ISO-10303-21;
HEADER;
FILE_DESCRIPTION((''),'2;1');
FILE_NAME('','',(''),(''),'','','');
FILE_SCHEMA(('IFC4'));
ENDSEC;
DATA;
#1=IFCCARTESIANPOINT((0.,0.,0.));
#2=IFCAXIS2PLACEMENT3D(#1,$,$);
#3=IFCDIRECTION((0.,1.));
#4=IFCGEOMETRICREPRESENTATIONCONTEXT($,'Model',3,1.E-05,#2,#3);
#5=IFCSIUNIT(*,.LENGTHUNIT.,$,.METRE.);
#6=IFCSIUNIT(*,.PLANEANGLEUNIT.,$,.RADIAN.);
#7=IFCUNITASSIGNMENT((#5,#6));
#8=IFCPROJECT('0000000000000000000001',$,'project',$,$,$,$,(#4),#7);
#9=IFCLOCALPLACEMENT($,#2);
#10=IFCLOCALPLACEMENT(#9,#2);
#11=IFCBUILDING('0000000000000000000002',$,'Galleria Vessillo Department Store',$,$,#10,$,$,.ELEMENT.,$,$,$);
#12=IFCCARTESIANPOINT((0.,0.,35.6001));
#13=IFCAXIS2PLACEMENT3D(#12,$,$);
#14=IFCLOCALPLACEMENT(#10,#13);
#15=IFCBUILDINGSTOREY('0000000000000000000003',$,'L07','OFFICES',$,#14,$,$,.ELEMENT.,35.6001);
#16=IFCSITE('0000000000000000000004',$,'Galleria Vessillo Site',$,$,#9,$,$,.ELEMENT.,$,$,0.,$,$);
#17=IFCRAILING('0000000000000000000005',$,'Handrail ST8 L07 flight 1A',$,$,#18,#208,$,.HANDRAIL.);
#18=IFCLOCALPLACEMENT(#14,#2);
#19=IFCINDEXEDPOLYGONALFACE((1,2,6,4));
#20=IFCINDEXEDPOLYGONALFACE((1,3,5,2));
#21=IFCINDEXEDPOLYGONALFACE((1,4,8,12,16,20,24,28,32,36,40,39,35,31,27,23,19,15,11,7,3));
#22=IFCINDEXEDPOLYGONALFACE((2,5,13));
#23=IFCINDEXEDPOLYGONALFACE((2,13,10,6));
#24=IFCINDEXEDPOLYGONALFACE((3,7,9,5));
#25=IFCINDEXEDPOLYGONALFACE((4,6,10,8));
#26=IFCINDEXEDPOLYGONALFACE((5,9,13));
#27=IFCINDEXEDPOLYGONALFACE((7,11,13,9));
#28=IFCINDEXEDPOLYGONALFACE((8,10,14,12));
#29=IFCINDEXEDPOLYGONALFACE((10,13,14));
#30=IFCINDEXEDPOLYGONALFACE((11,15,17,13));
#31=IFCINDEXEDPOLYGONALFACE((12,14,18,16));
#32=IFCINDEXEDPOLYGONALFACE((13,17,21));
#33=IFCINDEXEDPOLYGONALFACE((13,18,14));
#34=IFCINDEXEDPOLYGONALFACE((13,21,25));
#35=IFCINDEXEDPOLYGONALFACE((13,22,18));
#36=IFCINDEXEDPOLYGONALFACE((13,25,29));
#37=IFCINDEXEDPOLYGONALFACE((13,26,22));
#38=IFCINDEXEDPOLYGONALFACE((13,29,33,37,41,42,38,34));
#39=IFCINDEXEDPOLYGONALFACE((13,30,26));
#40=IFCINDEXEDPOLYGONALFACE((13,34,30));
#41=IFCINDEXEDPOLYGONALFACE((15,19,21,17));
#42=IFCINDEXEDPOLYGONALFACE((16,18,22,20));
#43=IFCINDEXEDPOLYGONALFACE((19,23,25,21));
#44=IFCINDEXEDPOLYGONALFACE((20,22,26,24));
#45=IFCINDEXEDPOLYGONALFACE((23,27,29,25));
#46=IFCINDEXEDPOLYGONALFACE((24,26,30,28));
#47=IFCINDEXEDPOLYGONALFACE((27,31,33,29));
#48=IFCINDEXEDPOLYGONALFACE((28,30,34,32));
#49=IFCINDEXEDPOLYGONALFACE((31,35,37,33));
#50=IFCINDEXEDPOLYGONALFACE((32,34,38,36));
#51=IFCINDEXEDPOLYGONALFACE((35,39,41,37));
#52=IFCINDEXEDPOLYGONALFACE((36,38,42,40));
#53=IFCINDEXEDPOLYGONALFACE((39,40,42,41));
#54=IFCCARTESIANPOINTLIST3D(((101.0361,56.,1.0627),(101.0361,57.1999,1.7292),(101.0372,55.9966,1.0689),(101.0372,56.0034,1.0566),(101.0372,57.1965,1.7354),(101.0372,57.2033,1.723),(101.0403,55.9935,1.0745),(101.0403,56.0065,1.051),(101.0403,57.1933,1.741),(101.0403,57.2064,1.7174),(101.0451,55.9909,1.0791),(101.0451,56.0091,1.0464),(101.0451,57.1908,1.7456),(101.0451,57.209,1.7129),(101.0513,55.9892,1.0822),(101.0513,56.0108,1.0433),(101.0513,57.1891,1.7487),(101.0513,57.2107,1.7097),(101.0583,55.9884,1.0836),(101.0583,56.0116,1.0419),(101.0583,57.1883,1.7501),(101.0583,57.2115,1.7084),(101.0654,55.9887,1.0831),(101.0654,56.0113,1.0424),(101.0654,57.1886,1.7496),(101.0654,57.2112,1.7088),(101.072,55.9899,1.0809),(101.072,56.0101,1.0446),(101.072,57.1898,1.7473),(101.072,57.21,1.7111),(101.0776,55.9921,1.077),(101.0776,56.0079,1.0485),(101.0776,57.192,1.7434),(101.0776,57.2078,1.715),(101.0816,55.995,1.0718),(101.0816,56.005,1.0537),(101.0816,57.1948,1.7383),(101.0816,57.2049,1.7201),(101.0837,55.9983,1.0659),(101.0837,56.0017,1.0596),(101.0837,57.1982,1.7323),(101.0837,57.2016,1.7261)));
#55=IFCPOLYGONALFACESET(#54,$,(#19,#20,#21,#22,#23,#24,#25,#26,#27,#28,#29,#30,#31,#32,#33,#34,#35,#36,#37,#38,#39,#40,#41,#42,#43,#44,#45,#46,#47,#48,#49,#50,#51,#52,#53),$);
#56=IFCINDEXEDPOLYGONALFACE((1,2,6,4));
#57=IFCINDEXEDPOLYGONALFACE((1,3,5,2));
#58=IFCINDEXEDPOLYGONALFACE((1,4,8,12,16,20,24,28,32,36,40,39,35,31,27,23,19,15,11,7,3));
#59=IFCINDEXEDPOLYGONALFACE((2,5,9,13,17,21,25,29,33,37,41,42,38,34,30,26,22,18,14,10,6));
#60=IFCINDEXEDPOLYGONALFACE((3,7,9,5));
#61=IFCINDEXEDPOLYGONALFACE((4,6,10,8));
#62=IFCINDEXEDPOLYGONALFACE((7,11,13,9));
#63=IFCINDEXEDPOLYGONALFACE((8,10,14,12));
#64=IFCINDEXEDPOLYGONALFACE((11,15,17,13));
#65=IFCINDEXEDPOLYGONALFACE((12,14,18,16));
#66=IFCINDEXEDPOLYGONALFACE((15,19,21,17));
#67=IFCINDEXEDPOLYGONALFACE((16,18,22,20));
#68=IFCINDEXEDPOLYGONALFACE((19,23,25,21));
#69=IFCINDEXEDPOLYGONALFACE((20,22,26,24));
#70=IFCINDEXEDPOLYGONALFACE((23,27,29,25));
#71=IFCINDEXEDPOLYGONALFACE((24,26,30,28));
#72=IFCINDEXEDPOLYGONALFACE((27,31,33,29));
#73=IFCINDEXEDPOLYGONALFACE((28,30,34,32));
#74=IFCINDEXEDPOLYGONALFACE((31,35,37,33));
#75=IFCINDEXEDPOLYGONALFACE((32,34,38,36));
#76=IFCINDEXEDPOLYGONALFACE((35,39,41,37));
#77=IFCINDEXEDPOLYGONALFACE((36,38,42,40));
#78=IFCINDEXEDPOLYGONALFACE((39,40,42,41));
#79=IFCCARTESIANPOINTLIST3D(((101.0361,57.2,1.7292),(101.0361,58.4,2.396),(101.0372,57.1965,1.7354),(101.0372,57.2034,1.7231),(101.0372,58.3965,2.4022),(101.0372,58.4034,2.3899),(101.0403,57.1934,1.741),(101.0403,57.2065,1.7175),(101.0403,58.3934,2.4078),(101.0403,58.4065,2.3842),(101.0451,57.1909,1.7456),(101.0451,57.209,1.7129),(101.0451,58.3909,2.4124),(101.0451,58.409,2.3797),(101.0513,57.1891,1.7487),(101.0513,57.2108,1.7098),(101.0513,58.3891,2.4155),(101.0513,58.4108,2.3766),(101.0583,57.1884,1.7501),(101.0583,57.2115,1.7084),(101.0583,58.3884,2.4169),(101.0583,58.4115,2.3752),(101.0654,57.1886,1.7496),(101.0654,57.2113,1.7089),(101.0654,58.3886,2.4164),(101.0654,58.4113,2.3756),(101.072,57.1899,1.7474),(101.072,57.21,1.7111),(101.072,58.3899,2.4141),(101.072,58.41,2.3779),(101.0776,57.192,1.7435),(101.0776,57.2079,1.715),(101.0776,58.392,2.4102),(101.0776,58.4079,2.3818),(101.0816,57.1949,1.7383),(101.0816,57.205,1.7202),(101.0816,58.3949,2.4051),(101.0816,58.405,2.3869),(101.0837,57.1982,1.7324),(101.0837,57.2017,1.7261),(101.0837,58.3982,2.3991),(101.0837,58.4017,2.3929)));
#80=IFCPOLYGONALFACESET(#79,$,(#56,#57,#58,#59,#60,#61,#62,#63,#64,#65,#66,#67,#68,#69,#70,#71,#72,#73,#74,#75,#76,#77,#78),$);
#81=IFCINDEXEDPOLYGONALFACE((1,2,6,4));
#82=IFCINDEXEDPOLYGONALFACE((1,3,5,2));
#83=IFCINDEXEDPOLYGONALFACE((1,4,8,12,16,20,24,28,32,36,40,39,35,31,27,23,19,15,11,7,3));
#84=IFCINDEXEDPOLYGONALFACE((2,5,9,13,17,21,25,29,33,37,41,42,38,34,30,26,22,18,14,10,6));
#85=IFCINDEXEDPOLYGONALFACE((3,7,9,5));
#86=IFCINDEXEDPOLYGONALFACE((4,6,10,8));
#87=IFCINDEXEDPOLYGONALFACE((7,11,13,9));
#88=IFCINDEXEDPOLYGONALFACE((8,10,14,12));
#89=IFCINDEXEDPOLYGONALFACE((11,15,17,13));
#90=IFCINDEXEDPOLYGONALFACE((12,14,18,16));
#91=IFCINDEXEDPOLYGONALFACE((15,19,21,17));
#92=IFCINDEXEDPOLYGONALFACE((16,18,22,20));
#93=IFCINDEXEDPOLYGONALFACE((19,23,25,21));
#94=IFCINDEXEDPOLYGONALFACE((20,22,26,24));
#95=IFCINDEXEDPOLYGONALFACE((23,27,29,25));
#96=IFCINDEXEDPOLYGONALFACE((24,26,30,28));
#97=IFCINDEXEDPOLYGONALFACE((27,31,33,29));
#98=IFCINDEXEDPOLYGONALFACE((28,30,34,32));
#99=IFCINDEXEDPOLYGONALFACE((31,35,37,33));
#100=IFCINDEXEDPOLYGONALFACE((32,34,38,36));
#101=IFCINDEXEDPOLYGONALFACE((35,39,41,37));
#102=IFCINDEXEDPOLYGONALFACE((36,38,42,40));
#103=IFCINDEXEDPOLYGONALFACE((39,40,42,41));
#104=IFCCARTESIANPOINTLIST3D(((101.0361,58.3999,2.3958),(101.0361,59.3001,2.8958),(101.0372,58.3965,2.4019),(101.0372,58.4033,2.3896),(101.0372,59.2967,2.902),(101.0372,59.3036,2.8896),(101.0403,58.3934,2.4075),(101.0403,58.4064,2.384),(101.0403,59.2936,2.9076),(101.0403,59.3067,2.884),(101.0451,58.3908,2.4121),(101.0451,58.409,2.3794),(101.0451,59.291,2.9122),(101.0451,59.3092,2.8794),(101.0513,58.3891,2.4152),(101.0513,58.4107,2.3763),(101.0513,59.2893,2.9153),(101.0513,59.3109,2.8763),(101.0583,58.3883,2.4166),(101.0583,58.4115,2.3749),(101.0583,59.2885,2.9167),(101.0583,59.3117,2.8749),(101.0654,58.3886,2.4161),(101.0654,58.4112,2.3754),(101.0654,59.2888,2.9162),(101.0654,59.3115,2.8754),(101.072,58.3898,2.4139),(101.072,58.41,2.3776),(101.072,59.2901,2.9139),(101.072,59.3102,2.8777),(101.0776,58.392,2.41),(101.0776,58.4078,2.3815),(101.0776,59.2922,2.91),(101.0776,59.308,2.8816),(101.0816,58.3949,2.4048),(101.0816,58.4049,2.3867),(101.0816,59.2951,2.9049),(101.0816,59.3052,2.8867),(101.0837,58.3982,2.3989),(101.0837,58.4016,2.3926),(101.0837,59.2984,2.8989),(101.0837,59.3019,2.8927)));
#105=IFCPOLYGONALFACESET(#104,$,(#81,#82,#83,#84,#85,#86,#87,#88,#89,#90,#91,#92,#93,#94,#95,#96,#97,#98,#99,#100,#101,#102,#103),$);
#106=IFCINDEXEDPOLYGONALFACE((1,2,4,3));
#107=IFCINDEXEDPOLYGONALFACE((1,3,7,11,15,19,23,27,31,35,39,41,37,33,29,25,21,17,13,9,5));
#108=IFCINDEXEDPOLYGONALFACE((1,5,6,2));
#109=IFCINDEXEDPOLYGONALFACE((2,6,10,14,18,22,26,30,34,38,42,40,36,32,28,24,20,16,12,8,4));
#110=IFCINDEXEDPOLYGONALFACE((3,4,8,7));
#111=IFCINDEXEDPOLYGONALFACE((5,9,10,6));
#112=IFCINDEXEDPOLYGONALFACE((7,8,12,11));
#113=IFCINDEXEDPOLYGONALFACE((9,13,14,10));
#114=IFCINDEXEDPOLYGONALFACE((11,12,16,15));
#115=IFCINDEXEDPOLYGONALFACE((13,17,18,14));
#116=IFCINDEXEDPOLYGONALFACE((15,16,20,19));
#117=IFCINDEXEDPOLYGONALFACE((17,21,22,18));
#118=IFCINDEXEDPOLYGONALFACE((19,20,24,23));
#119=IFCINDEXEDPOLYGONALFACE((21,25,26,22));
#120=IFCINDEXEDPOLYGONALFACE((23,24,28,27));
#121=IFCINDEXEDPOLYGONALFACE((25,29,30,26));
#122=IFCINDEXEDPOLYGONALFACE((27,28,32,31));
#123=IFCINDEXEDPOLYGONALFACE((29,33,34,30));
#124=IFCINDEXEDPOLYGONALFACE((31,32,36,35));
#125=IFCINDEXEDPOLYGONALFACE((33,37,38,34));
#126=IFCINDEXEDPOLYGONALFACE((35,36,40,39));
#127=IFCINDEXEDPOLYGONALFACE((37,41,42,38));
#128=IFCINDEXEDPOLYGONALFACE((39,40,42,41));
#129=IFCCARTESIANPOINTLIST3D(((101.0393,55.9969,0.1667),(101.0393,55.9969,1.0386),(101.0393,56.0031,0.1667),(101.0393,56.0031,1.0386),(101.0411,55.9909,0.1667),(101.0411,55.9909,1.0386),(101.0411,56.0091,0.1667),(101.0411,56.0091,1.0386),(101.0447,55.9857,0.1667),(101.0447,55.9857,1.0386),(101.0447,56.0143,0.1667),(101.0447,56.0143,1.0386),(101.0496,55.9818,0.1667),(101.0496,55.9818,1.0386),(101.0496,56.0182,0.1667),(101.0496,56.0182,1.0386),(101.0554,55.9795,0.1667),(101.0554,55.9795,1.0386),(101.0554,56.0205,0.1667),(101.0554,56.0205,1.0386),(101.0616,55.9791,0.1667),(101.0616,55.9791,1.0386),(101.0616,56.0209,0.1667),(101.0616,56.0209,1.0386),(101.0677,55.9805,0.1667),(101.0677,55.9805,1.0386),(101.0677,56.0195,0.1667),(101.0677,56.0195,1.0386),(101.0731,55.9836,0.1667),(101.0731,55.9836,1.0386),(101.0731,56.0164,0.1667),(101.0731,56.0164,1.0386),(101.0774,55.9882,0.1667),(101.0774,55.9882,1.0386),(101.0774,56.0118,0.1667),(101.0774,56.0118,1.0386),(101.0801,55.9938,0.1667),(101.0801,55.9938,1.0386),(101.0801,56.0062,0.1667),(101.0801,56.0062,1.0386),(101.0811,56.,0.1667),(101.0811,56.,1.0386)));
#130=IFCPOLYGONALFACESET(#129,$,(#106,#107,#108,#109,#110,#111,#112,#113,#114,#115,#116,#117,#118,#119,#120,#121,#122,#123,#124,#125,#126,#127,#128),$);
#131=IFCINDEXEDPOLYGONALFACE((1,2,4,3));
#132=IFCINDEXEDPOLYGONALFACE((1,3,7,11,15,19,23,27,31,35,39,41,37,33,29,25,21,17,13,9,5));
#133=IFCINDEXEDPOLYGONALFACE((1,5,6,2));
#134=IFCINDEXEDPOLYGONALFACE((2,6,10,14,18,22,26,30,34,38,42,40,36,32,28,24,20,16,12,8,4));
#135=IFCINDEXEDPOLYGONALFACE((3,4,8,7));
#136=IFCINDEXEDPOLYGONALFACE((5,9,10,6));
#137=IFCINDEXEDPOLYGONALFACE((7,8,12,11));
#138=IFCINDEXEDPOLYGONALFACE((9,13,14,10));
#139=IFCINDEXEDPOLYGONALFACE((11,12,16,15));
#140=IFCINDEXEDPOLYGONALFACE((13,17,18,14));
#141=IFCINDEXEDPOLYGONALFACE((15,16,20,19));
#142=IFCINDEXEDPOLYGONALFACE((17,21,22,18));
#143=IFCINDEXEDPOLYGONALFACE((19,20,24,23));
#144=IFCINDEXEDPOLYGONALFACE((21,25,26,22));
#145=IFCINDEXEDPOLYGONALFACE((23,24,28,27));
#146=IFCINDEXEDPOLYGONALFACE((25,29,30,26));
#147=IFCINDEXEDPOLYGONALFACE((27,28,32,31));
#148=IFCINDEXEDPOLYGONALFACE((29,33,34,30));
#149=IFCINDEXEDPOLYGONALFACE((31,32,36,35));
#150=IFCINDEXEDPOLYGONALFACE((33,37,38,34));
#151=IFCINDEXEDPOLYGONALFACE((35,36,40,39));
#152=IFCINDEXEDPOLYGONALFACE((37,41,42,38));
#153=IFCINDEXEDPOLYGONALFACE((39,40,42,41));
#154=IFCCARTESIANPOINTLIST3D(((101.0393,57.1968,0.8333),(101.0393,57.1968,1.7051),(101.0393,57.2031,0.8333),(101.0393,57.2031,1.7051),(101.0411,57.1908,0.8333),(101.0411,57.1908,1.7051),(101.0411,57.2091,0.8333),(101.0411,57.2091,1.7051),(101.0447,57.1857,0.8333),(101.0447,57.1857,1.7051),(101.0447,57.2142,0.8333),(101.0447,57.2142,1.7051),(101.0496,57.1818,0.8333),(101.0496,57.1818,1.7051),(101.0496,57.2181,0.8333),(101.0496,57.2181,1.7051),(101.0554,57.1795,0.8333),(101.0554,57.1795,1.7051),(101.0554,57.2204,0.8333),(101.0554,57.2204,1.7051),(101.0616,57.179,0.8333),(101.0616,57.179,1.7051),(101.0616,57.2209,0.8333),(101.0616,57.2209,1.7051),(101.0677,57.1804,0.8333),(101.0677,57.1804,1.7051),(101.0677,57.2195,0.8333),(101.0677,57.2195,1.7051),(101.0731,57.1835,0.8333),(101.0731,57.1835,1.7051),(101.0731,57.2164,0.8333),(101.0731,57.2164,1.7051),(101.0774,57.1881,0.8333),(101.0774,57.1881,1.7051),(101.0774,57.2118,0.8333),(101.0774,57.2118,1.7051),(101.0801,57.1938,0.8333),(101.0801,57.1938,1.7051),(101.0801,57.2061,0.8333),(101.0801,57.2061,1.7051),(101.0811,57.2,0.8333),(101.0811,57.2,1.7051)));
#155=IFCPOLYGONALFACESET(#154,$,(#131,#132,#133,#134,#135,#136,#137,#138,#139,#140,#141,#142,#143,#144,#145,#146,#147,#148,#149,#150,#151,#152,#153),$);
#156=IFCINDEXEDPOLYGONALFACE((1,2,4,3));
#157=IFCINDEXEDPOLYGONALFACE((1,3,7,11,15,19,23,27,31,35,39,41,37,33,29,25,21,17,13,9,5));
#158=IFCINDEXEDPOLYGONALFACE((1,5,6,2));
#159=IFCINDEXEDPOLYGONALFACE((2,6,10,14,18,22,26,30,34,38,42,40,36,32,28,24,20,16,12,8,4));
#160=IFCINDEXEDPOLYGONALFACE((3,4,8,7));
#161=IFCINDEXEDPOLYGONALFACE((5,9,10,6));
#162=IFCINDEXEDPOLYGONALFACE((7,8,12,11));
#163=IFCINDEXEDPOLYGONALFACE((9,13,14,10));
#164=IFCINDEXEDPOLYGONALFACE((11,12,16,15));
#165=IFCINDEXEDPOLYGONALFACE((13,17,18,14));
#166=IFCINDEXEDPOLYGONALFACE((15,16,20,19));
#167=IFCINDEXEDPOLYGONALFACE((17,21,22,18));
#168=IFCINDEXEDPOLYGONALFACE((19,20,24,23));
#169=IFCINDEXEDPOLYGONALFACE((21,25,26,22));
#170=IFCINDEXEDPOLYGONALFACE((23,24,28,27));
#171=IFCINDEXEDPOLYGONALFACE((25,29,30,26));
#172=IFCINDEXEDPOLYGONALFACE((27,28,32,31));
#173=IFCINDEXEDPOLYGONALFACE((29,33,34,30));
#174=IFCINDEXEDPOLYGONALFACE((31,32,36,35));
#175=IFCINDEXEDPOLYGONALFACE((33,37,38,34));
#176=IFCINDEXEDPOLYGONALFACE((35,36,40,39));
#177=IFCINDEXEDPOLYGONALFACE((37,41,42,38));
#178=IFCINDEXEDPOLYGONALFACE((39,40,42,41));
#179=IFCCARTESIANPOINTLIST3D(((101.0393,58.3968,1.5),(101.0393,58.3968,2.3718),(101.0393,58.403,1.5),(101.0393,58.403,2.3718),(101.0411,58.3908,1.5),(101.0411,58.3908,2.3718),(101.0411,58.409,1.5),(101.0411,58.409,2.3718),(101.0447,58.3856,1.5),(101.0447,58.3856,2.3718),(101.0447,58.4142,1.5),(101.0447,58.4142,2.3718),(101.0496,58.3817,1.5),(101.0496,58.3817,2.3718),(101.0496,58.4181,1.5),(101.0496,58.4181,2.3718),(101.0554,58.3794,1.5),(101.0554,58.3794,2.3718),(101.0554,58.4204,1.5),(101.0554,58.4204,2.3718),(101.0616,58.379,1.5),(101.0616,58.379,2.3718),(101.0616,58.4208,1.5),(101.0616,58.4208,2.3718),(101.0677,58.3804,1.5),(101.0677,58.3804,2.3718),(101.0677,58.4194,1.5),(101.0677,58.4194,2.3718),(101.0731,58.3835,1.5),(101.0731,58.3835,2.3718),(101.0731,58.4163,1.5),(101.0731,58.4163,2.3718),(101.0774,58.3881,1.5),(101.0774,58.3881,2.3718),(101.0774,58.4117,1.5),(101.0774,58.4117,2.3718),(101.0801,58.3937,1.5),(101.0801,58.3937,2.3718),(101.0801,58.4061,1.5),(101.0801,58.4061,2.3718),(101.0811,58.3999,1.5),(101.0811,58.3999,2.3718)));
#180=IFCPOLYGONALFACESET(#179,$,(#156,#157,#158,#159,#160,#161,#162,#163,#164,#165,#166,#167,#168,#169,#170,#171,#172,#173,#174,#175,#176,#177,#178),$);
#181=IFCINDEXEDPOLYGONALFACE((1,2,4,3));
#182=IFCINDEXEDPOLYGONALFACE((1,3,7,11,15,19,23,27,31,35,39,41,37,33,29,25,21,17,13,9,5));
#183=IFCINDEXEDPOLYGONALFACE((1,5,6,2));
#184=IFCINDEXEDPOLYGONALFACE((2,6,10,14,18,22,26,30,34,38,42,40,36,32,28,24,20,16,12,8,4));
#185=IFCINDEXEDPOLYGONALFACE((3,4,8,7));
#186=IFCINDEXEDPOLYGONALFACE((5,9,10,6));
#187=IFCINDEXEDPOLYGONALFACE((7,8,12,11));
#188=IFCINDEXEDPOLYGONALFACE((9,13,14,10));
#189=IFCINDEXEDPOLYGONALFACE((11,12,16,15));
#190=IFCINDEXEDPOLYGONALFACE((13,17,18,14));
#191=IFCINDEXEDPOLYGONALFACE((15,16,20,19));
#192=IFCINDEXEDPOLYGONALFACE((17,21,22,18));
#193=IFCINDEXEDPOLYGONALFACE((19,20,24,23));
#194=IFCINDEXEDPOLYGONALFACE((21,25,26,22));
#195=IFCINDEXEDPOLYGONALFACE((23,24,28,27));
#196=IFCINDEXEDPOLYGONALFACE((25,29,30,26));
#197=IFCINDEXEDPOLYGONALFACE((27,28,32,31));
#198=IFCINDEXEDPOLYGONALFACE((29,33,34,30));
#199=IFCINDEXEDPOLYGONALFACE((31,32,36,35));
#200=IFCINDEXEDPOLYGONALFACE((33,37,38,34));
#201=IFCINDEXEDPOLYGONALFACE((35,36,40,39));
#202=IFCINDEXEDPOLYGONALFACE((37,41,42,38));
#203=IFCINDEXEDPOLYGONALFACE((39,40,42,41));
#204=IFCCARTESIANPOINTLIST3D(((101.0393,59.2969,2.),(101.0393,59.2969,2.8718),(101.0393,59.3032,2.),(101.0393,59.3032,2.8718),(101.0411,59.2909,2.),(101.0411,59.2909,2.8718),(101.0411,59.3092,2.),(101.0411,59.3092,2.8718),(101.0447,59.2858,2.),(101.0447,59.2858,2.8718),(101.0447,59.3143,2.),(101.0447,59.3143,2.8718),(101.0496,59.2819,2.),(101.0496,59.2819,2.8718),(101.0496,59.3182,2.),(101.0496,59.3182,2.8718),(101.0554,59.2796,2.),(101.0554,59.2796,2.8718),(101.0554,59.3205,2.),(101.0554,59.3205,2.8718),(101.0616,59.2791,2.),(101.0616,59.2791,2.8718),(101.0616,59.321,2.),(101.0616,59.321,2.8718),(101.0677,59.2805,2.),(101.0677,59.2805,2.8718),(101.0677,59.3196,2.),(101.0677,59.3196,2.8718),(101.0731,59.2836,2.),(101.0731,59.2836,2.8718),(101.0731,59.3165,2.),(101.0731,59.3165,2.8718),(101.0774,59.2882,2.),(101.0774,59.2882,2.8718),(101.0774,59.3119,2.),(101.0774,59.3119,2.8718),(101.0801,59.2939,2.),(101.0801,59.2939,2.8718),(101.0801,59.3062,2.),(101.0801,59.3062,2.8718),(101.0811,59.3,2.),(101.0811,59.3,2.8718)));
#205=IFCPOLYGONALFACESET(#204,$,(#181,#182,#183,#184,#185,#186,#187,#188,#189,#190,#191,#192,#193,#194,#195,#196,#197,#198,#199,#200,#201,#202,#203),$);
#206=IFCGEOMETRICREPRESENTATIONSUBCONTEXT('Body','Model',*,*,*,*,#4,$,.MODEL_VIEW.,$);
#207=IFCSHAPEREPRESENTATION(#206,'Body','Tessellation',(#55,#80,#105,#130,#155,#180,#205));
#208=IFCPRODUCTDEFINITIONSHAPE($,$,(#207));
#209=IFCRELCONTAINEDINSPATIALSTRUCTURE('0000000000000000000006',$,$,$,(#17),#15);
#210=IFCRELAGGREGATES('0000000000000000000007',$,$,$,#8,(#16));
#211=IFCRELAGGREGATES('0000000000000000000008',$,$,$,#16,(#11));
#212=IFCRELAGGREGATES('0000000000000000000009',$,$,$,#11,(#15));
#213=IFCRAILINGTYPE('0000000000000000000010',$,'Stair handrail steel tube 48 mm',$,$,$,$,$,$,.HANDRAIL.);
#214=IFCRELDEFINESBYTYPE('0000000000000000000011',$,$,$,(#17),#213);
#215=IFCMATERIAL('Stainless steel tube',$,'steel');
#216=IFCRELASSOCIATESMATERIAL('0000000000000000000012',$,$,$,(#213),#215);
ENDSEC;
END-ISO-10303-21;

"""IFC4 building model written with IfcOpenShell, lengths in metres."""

from ifc_helpers import new_model, si_unit, direction, frame, origin, origin_2d, place, context, subcontext, project, spatial, circle, extrude, material, type_object, element, save


model = new_model("IFC4")

# Units and contexts
model_context = context("Model", 3, precision=1e-05, world=origin(), true_north=direction((0.0, 1.0)))
body_context = subcontext(model_context, "Body", "Model", "MODEL_VIEW")
ifc_project = project(units=[si_unit("LENGTHUNIT", "METRE"), si_unit("PLANEANGLEUNIT", "RADIAN")], contexts=[model_context])

# Site, building, storey
site_placement = place(None, origin())
site = spatial("IfcSite", under=ifc_project, at=site_placement, Name="Galleria Vessillo Site", CompositionType="ELEMENT", RefElevation=0.0)
building_placement = place(site_placement, origin())
building = spatial("IfcBuilding", under=site, at=building_placement, Name="Galleria Vessillo Department Store", CompositionType="ELEMENT")
storey_placement = place(building_placement, frame((0.0, 0.0, 35.6001)))
storey = spatial("IfcBuildingStorey", under=building, at=storey_placement, Name="L07", Description="OFFICES", CompositionType="ELEMENT", Elevation=35.6001)

# Railing
ifc_material_1 = material(Name="Stainless steel tube", Category="steel")
railing_type = type_object("IfcRailingType", Name="Stair handrail steel tube 48 mm", PredefinedType="HANDRAIL", material=ifc_material_1)
for number, where, name in (
    (1, (101.0601, 56.0, 0.1667), "Handrail ST8 L07 flight 1A"),
):
    element("IfcRailing", number, at=place(storey_placement, frame(where)), inside=storey, type_object=railing_type, Name=name, PredefinedType="HANDRAIL", context=body_context, shape_type="SweptSolid", body=[
        extrude(circle(Radius=0.0239, at=origin_2d()), frame((0.0, 0.0, 0.896), z_axis=(0.0, 0.874199, 0.485567), x_axis=(-1.0, 0.0, 0.0)), (0.0, 0.0, 1.0), 1.3726),
        extrude(circle(Radius=0.0239, at=origin_2d()), frame((0.0, 1.2, 1.5625), z_axis=(0.0, 0.874124, 0.485703), x_axis=(-1.0, 0.0, 0.0)), (0.0, 0.0, 1.0), 1.3728),
        extrude(circle(Radius=0.0239, at=origin_2d()), frame((0.0, 2.3999, 2.229), z_axis=(0.0, 0.874191, 0.485583), x_axis=(-1.0, 0.0, 0.0)), (0.0, 0.0, 1.0), 1.0298),
        extrude(circle(Radius=0.021, at=origin_2d()), origin(), (0.0, 0.0, 1.0), 0.8718),
        extrude(circle(Radius=0.021, at=origin_2d()), frame((0.0, 1.2, 0.6665)), (0.0, 0.0, 1.0), 0.8718),
        extrude(circle(Radius=0.021, at=origin_2d()), frame((0.0, 2.3999, 1.3333)), (0.0, 0.0, 1.0), 0.8718),
        extrude(circle(Radius=0.021, at=origin_2d()), frame((0.0, 3.3, 1.8333)), (0.0, 0.0, 1.0), 0.8718),
    ])

save(model, "model.ifc")
